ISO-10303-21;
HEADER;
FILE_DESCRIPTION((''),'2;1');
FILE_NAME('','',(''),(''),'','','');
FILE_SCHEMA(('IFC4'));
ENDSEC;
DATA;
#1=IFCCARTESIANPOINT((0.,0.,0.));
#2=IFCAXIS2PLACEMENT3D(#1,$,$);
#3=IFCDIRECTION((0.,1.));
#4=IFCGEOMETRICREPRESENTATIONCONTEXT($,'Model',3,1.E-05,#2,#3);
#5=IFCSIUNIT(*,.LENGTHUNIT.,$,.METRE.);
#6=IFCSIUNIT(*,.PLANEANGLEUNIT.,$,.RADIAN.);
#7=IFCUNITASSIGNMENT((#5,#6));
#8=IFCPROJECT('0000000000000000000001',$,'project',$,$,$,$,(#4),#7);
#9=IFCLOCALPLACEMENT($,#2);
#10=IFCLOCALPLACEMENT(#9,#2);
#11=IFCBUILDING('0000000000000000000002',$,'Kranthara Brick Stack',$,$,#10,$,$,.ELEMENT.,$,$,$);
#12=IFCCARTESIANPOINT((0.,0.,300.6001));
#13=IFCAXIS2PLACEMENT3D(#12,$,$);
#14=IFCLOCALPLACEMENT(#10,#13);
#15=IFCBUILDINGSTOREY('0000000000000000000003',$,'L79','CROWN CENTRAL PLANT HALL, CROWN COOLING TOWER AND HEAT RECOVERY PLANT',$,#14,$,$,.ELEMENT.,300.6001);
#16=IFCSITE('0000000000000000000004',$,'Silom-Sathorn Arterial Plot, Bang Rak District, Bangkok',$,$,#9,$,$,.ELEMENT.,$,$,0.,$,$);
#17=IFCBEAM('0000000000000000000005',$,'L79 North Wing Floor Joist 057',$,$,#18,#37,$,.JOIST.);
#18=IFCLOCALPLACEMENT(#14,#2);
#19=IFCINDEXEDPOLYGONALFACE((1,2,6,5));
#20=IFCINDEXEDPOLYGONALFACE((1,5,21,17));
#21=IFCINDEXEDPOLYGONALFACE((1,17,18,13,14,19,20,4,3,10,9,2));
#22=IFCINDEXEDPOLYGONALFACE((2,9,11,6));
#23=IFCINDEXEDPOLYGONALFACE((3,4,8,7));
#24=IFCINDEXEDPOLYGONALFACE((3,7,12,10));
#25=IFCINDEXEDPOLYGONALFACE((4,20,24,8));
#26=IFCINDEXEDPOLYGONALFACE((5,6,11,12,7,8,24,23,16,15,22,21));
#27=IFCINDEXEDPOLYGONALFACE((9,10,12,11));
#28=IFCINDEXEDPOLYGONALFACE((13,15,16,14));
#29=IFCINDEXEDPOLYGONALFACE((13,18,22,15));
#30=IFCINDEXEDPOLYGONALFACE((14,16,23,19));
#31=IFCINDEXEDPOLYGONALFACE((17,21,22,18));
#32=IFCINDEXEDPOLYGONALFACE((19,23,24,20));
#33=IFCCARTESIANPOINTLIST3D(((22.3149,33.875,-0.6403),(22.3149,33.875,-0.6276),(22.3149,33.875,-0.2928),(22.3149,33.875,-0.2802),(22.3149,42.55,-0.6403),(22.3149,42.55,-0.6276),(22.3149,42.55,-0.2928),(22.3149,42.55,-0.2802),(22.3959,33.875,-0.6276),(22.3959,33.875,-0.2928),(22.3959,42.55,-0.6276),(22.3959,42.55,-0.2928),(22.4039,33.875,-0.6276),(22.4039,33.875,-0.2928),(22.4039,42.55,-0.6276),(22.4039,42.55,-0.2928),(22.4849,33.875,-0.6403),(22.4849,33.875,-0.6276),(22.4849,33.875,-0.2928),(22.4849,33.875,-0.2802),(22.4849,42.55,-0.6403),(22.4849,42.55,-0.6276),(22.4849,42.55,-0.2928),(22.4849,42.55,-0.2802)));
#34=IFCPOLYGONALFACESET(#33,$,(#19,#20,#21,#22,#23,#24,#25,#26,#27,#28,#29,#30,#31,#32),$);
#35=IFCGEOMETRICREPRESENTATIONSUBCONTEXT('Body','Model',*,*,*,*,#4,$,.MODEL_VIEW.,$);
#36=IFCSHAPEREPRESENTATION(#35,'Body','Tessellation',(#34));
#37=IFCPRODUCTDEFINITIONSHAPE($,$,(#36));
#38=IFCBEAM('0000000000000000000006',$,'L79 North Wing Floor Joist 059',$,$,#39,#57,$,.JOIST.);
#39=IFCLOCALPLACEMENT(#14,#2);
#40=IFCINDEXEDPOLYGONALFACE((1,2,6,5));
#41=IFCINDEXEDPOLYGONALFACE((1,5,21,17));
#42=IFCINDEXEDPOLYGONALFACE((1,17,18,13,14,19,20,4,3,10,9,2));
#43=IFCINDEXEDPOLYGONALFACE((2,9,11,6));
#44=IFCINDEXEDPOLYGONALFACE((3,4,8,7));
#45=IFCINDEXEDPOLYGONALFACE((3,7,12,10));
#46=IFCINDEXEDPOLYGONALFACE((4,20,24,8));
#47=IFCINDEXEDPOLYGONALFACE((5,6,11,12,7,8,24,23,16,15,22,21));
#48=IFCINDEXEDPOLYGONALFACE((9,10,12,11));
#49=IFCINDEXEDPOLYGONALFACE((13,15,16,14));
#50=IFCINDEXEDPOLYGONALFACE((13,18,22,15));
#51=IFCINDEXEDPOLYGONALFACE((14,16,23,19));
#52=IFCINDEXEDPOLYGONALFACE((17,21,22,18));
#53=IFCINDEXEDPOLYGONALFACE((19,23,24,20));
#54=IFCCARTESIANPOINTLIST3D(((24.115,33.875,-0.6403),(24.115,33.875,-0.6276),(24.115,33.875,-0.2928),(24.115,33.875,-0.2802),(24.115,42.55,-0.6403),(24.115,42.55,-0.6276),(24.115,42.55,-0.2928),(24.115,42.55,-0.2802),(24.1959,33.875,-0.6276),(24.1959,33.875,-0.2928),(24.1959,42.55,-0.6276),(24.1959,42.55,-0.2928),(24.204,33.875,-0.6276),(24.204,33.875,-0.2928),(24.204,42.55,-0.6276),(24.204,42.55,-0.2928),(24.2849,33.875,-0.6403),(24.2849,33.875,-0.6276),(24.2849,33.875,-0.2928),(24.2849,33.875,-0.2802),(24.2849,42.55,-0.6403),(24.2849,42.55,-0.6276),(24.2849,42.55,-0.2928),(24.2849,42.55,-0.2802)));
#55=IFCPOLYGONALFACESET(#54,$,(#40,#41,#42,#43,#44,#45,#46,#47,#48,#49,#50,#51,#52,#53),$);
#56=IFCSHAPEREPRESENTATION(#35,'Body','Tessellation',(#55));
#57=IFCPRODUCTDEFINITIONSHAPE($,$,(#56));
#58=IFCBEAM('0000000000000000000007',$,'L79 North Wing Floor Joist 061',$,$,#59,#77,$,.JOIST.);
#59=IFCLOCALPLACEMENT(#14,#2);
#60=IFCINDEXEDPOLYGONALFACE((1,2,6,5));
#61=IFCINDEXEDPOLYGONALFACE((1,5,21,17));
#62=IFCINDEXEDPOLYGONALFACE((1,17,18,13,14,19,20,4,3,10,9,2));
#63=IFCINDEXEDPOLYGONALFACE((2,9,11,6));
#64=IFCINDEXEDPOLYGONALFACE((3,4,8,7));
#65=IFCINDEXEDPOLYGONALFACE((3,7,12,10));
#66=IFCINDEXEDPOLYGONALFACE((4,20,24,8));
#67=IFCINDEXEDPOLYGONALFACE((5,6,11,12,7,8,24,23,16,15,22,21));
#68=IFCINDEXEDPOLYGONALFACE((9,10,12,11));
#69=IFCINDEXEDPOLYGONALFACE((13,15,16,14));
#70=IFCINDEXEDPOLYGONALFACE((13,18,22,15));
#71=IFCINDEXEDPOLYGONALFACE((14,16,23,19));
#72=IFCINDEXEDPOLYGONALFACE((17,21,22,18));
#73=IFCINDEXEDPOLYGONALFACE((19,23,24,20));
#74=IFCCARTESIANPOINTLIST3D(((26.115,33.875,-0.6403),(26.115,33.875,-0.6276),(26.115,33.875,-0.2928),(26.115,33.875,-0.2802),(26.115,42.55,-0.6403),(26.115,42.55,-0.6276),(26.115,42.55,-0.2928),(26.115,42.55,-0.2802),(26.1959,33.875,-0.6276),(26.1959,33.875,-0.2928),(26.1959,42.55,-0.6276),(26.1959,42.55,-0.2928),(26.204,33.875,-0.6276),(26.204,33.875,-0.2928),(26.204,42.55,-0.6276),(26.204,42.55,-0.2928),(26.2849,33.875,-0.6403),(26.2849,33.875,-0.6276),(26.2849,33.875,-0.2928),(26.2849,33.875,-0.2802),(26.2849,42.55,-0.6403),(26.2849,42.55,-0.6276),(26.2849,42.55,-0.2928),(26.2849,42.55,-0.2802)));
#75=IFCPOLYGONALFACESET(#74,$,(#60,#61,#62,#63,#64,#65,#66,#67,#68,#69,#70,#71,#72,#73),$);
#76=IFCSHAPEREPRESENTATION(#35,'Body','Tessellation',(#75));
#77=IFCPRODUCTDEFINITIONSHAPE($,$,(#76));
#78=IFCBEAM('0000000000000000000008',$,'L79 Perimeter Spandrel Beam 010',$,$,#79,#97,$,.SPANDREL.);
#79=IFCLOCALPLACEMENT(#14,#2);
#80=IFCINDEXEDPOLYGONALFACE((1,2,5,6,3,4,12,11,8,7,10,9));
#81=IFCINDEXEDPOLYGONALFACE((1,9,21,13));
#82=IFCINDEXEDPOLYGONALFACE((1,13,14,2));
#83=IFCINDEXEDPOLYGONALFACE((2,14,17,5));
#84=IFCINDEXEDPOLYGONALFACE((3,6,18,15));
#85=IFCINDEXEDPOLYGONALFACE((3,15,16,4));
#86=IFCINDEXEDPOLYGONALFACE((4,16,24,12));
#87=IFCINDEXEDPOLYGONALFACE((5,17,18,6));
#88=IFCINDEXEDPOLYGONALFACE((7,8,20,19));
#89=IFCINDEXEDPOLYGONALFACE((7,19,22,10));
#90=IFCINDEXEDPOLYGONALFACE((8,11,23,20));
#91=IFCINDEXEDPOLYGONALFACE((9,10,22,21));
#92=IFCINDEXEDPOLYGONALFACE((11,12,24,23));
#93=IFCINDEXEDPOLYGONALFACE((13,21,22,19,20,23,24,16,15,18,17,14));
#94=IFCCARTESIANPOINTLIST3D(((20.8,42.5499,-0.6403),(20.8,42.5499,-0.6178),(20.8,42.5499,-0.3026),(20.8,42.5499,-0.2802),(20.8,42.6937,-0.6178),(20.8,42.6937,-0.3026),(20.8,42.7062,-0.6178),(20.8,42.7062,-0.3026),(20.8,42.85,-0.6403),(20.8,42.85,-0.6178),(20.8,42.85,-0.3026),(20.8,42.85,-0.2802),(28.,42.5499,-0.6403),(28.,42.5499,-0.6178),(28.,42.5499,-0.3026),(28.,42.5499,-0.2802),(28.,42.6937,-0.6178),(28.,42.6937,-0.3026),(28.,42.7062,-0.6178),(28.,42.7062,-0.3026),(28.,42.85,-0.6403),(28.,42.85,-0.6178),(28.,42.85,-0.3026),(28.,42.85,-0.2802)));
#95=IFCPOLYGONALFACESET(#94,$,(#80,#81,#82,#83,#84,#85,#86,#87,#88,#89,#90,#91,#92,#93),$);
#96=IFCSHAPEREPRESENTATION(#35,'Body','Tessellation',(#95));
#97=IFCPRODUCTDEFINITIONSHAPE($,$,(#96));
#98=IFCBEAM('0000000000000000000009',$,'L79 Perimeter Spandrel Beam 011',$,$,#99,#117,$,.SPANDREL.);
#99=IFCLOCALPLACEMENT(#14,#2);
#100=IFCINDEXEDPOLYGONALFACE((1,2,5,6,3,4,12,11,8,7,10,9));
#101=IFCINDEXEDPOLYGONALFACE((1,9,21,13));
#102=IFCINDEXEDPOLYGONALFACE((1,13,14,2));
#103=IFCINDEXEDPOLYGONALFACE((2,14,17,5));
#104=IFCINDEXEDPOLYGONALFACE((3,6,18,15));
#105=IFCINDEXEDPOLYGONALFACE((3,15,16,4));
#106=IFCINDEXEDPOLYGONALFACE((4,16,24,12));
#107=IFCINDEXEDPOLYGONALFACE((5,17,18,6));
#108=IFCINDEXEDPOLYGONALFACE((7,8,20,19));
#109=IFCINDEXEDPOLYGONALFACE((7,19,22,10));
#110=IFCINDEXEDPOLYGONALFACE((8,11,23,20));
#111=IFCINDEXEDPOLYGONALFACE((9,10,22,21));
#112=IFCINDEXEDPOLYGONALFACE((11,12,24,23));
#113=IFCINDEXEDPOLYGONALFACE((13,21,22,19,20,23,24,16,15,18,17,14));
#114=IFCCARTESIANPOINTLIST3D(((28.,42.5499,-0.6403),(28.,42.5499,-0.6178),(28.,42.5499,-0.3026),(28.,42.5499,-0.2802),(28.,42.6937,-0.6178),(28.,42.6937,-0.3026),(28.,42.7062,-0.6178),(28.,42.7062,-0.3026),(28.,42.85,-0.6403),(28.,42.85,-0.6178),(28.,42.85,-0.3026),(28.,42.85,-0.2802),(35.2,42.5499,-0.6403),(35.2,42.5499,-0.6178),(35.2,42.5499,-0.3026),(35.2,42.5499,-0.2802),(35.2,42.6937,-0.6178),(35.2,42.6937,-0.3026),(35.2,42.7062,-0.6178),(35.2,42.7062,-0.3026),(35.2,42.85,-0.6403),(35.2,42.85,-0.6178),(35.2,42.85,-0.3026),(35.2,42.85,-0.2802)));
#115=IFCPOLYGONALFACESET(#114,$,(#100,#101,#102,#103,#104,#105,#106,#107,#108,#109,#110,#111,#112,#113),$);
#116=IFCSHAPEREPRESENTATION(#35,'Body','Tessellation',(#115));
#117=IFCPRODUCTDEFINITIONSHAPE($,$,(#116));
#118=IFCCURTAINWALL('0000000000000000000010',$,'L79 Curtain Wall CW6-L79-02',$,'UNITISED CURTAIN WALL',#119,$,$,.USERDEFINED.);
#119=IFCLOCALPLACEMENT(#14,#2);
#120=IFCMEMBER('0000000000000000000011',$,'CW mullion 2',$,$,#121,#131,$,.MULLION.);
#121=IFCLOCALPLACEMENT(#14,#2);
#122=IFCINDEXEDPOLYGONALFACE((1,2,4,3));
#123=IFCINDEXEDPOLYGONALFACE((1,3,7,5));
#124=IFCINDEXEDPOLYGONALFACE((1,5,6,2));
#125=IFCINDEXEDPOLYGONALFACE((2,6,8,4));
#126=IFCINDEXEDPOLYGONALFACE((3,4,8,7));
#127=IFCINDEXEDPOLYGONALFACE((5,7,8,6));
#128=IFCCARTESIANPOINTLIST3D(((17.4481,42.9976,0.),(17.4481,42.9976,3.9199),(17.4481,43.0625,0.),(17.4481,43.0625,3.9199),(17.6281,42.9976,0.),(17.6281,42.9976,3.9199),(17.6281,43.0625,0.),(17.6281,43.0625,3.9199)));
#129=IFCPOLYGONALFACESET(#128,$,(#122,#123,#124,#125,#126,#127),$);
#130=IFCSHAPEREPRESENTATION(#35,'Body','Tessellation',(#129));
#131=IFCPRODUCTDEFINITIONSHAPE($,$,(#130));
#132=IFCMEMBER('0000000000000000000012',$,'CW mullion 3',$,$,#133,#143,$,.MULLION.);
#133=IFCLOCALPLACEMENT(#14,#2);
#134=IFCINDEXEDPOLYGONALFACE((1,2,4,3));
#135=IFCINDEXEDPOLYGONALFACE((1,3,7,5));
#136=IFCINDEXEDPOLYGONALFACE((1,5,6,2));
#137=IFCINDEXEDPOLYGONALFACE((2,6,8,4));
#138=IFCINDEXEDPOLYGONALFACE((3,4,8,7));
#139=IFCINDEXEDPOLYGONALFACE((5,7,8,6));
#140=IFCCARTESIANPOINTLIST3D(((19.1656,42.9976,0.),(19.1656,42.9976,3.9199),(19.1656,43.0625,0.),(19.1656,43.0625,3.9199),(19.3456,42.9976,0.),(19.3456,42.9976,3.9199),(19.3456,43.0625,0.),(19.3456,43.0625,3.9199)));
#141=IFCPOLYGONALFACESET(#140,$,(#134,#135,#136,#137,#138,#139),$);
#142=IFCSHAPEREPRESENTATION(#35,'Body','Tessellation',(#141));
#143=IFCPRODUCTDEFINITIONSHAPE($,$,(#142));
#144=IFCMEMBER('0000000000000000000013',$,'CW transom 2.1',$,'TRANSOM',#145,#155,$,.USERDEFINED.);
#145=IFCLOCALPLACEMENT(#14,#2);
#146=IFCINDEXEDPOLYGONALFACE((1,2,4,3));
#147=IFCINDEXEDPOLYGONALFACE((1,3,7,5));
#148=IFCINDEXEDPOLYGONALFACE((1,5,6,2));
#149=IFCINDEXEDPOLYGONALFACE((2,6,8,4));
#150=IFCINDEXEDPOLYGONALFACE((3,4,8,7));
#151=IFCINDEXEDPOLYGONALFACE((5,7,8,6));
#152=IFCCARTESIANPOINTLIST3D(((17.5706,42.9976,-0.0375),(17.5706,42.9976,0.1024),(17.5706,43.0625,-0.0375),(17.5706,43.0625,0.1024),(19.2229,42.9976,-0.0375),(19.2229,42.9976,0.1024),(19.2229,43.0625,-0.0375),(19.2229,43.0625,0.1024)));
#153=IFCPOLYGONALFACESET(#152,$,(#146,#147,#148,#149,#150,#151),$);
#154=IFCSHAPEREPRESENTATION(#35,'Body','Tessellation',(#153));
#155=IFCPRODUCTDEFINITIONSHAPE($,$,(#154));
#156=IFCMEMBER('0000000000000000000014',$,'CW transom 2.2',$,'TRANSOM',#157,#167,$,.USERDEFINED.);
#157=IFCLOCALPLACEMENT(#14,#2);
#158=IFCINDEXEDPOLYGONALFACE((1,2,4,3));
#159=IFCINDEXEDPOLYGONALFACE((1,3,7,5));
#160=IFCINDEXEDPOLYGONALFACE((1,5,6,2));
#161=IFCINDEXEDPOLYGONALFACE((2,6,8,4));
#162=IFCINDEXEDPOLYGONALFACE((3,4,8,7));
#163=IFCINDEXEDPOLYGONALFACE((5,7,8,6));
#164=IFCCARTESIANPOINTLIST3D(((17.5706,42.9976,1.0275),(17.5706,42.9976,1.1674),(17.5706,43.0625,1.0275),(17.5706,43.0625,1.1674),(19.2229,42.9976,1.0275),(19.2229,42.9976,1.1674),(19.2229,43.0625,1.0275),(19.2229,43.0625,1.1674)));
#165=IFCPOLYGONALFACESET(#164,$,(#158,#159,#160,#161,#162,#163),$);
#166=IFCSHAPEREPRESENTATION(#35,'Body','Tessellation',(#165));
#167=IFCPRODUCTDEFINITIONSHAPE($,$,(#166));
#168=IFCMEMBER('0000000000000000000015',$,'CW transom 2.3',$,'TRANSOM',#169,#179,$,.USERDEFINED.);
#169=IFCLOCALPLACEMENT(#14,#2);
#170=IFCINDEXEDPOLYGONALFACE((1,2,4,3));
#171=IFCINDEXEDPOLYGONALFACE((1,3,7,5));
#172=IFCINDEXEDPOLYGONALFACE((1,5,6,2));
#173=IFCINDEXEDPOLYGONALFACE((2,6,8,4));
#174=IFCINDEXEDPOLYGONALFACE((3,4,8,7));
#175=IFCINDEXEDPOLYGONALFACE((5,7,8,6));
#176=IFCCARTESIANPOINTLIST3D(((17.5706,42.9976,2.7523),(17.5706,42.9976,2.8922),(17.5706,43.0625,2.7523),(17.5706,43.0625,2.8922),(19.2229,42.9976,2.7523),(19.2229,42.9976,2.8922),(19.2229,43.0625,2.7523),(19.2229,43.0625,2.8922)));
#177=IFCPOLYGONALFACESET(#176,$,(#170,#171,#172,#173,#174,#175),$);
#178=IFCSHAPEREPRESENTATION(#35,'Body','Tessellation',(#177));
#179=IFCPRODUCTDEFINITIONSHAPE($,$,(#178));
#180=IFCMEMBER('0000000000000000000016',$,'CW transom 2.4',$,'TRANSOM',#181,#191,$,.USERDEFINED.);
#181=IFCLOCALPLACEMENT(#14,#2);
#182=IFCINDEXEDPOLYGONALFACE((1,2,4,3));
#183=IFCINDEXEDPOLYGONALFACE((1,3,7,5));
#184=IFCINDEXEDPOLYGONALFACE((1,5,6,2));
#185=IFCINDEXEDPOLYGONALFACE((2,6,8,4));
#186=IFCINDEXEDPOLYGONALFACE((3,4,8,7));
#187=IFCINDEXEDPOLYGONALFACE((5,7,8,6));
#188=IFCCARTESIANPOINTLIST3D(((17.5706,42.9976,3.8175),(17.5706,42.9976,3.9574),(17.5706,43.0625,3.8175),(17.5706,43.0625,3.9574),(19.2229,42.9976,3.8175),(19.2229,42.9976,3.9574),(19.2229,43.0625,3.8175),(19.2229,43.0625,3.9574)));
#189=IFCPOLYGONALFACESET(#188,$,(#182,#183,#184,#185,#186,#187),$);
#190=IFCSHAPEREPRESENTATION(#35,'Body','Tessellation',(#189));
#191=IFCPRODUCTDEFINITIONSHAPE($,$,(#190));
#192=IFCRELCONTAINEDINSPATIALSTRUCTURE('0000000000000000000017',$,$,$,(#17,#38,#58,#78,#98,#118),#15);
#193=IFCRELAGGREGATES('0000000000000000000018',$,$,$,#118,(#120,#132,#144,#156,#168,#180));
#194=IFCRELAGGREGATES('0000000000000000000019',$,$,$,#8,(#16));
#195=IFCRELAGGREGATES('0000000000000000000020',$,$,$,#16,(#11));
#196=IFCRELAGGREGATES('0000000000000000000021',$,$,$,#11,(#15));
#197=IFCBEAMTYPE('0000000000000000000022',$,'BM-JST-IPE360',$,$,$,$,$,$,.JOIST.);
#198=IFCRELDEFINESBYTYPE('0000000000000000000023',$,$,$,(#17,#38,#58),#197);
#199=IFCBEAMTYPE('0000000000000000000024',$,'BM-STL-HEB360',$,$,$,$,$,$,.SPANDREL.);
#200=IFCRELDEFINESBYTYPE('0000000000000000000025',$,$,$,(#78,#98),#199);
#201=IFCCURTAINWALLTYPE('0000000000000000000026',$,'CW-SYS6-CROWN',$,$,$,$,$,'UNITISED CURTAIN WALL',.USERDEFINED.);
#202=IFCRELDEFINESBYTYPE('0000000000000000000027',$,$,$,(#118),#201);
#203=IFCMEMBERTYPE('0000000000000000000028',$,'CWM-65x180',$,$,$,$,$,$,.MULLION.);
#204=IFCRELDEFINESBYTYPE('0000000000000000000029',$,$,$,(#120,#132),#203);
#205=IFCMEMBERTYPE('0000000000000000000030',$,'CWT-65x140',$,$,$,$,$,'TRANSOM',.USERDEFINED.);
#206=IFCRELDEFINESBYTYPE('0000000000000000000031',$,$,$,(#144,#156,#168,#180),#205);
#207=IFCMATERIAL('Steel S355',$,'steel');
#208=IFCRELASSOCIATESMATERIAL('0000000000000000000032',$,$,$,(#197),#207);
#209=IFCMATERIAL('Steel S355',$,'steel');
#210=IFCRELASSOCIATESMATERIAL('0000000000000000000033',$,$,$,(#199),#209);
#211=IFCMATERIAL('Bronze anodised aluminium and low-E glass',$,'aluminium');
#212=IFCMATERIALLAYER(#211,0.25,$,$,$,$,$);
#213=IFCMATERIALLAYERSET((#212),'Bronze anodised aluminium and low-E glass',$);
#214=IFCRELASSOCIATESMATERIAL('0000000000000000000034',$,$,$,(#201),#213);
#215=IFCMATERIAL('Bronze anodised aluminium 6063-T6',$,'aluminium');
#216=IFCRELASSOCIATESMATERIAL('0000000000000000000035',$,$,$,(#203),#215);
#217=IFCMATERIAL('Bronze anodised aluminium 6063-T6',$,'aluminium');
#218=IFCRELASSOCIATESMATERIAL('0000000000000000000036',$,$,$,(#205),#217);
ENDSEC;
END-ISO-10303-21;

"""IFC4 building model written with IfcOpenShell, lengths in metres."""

from ifc_helpers import new_model, si_unit, direction, frame, origin, origin_2d, place, context, subcontext, project, spatial, rectangle, i_section, extrude, material, layer, layer_set, material_profile, profile_set, type_object, element, aggregate, save


model = new_model("IFC4")

# Units and contexts
model_context = context("Model", 3, precision=1e-05, world=origin(), true_north=direction((0.0, 1.0)))
body_context = subcontext(model_context, "Body", "Model", "MODEL_VIEW")
ifc_project = project(units=[si_unit("LENGTHUNIT", "METRE"), si_unit("PLANEANGLEUNIT", "RADIAN")], contexts=[model_context])

# Site, building, storey
site_placement = place(None, origin())
site = spatial("IfcSite", under=ifc_project, at=site_placement, Name="Silom-Sathorn Arterial Plot, Bang Rak District, Bangkok", CompositionType="ELEMENT", RefElevation=0.0)
building_placement = place(site_placement, origin())
building = spatial("IfcBuilding", under=site, at=building_placement, Name="Kranthara Brick Stack", CompositionType="ELEMENT")
storey_placement = place(building_placement, frame((0.0, 0.0, 300.6001)))
storey = spatial("IfcBuildingStorey", under=building, at=storey_placement, Name="L79", Description="CROWN CENTRAL PLANT HALL, CROWN COOLING TOWER AND HEAT RECOVERY PLANT", CompositionType="ELEMENT", Elevation=300.6001)

# Beams
ifc_material_1 = material(Name="Steel S355", Category="steel")
ifc_material_profile_1 = material_profile(ifc_material_1, i_section(OverallWidth=0.1699, OverallDepth=0.3601, WebThickness=0.0081, FlangeThickness=0.0127, at=origin_2d()), Name="IPE 360")
ifc_profile_set_1 = profile_set([ifc_material_profile_1], Name="Steel S355")
beam_type_1 = type_object("IfcBeamType", Name="BM-JST-IPE360", PredefinedType="JOIST", material=ifc_profile_set_1)
for number, where, z_axis, x_axis, name in (
    (1, (22.3999, 33.875, -0.4602), (0.0, 1.0, 0.0), (-1.0, 0.0, 0.0), "L79 North Wing Floor Joist 057"),
    (2, (24.2, 33.875, -0.4602), (0.0, 1.0, 0.0), (-1.0, 0.0, 0.0), "L79 North Wing Floor Joist 059"),
    (3, (26.2, 33.875, -0.4602), (0.0, 1.0, 0.0), (-1.0, 0.0, 0.0), "L79 North Wing Floor Joist 061"),
):
    element("IfcBeam", number, at=place(storey_placement, frame(where, z_axis=z_axis, x_axis=x_axis)), inside=storey, type_object=beam_type_1, Name=name, PredefinedType="JOIST", context=body_context, shape_type="SweptSolid", body=[
        extrude(i_section(OverallWidth=0.1699, OverallDepth=0.3601, WebThickness=0.0081, FlangeThickness=0.0127, at=origin_2d()), origin(), (0.0, 0.0, 1.0), 8.675),
    ])
ifc_material_2 = material(Name="Steel S355", Category="steel")
ifc_material_profile_2 = material_profile(ifc_material_2, i_section(OverallWidth=0.3, OverallDepth=0.3601, WebThickness=0.0125, FlangeThickness=0.0225, at=origin_2d()), Name="HEB 360")
ifc_profile_set_2 = profile_set([ifc_material_profile_2], Name="Steel S355")
beam_type_2 = type_object("IfcBeamType", Name="BM-STL-HEB360", PredefinedType="SPANDREL", material=ifc_profile_set_2)
for number, where, z_axis, x_axis, name in (
    (4, (20.8, 42.7, -0.4602), (1.0, 0.0, 0.0), (0.0, 1.0, 0.0), "L79 Perimeter Spandrel Beam 010"),
    (5, (28.0, 42.7, -0.4602), (1.0, 0.0, 0.0), (0.0, 1.0, 0.0), "L79 Perimeter Spandrel Beam 011"),
):
    element("IfcBeam", number, at=place(storey_placement, frame(where, z_axis=z_axis, x_axis=x_axis)), inside=storey, type_object=beam_type_2, Name=name, PredefinedType="SPANDREL", context=body_context, shape_type="SweptSolid", body=[
        extrude(i_section(OverallWidth=0.3, OverallDepth=0.3601, WebThickness=0.0125, FlangeThickness=0.0225, at=origin_2d()), origin(), (0.0, 0.0, 1.0), 7.2),
    ])

# Curtain wall, members
ifc_material_3 = material(Name="Bronze anodised aluminium and low-E glass", Category="aluminium")
ifc_layer_1 = layer(ifc_material_3, 0.25)
ifc_layer_set_1 = layer_set([ifc_layer_1], Name="Bronze anodised aluminium and low-E glass")
curtain_wall_type = type_object("IfcCurtainWallType", Name="CW-SYS6-CROWN", ElementType="UNITISED CURTAIN WALL", PredefinedType="USERDEFINED", material=ifc_layer_set_1)
curtain_wall_placement = place(storey_placement, origin())
curtain_wall = element("IfcCurtainWall", 6, at=curtain_wall_placement, inside=storey, type_object=curtain_wall_type, Name="L79 Curtain Wall CW6-L79-02", ObjectType="UNITISED CURTAIN WALL", PredefinedType="USERDEFINED")
ifc_material_4 = material(Name="Bronze anodised aluminium 6063-T6", Category="aluminium")
ifc_material_profile_3 = material_profile(ifc_material_4, rectangle(XDim=0.0649, YDim=0.1799, at=origin_2d()), Name="ALU MULLION 65x180")
ifc_profile_set_3 = profile_set([ifc_material_profile_3], Name="Bronze anodised aluminium 6063-T6")
member_type_1 = type_object("IfcMemberType", Name="CWM-65x180", PredefinedType="MULLION", material=ifc_profile_set_3)
member_1_placement = place(storey_placement, frame((17.5381, 43.03, 0.0), z_axis=(0.0, 0.0, 1.0), x_axis=(0.0, 1.0, 0.0)))
member_1 = element("IfcMember", 7, at=member_1_placement, type_object=member_type_1, Name="CW mullion 2", PredefinedType="MULLION", context=body_context, shape_type="SweptSolid", body=[
    extrude(rectangle(XDim=0.0649, YDim=0.1799, at=origin_2d()), origin(), (0.0, 0.0, 1.0), 3.9199),
])
member_2_placement = place(storey_placement, frame((19.2556, 43.03, 0.0), z_axis=(0.0, 0.0, 1.0), x_axis=(0.0, 1.0, 0.0)))
member_2 = element("IfcMember", 8, at=member_2_placement, type_object=member_type_1, Name="CW mullion 3", PredefinedType="MULLION", context=body_context, shape_type="SweptSolid", body=[
    extrude(rectangle(XDim=0.0649, YDim=0.1799, at=origin_2d()), origin(), (0.0, 0.0, 1.0), 3.9199),
])
ifc_material_5 = material(Name="Bronze anodised aluminium 6063-T6", Category="aluminium")
ifc_material_profile_4 = material_profile(ifc_material_5, rectangle(XDim=0.0649, YDim=0.1399, at=origin_2d()), Name="ALU TRANSOM 65x140")
ifc_profile_set_4 = profile_set([ifc_material_profile_4], Name="Bronze anodised aluminium 6063-T6")
member_type_2 = type_object("IfcMemberType", Name="CWT-65x140", ElementType="TRANSOM", PredefinedType="USERDEFINED", material=ifc_profile_set_4)
member_3_placement = place(storey_placement, frame((17.5706, 43.03, 0.0325), z_axis=(1.0, 0.0, 0.0), x_axis=(0.0, 1.0, 0.0)))
member_3 = element("IfcMember", 9, at=member_3_placement, type_object=member_type_2, Name="CW transom 2.1", ObjectType="TRANSOM", PredefinedType="USERDEFINED", context=body_context, shape_type="SweptSolid", body=[
    extrude(rectangle(XDim=0.0649, YDim=0.1399, at=origin_2d()), origin(), (0.0, 0.0, 1.0), 1.6523),
])
member_4_placement = place(storey_placement, frame((17.5706, 43.03, 1.0974), z_axis=(1.0, 0.0, 0.0), x_axis=(0.0, 1.0, 0.0)))
member_4 = element("IfcMember", 10, at=member_4_placement, type_object=member_type_2, Name="CW transom 2.2", ObjectType="TRANSOM", PredefinedType="USERDEFINED", context=body_context, shape_type="SweptSolid", body=[
    extrude(rectangle(XDim=0.0649, YDim=0.1399, at=origin_2d()), origin(), (0.0, 0.0, 1.0), 1.6523),
])
member_5_placement = place(storey_placement, frame((17.5706, 43.03, 2.8223), z_axis=(1.0, 0.0, 0.0), x_axis=(0.0, 1.0, 0.0)))
member_5 = element("IfcMember", 11, at=member_5_placement, type_object=member_type_2, Name="CW transom 2.3", ObjectType="TRANSOM", PredefinedType="USERDEFINED", context=body_context, shape_type="SweptSolid", body=[
    extrude(rectangle(XDim=0.0649, YDim=0.1399, at=origin_2d()), origin(), (0.0, 0.0, 1.0), 1.6523),
])
member_6_placement = place(storey_placement, frame((17.5706, 43.03, 3.8875), z_axis=(1.0, 0.0, 0.0), x_axis=(0.0, 1.0, 0.0)))
member_6 = element("IfcMember", 12, at=member_6_placement, type_object=member_type_2, Name="CW transom 2.4", ObjectType="TRANSOM", PredefinedType="USERDEFINED", context=body_context, shape_type="SweptSolid", body=[
    extrude(rectangle(XDim=0.0649, YDim=0.1399, at=origin_2d()), origin(), (0.0, 0.0, 1.0), 1.6523),
])
aggregate(curtain_wall, [member_1, member_2, member_3, member_4, member_5, member_6])

save(model, "model.ifc")
